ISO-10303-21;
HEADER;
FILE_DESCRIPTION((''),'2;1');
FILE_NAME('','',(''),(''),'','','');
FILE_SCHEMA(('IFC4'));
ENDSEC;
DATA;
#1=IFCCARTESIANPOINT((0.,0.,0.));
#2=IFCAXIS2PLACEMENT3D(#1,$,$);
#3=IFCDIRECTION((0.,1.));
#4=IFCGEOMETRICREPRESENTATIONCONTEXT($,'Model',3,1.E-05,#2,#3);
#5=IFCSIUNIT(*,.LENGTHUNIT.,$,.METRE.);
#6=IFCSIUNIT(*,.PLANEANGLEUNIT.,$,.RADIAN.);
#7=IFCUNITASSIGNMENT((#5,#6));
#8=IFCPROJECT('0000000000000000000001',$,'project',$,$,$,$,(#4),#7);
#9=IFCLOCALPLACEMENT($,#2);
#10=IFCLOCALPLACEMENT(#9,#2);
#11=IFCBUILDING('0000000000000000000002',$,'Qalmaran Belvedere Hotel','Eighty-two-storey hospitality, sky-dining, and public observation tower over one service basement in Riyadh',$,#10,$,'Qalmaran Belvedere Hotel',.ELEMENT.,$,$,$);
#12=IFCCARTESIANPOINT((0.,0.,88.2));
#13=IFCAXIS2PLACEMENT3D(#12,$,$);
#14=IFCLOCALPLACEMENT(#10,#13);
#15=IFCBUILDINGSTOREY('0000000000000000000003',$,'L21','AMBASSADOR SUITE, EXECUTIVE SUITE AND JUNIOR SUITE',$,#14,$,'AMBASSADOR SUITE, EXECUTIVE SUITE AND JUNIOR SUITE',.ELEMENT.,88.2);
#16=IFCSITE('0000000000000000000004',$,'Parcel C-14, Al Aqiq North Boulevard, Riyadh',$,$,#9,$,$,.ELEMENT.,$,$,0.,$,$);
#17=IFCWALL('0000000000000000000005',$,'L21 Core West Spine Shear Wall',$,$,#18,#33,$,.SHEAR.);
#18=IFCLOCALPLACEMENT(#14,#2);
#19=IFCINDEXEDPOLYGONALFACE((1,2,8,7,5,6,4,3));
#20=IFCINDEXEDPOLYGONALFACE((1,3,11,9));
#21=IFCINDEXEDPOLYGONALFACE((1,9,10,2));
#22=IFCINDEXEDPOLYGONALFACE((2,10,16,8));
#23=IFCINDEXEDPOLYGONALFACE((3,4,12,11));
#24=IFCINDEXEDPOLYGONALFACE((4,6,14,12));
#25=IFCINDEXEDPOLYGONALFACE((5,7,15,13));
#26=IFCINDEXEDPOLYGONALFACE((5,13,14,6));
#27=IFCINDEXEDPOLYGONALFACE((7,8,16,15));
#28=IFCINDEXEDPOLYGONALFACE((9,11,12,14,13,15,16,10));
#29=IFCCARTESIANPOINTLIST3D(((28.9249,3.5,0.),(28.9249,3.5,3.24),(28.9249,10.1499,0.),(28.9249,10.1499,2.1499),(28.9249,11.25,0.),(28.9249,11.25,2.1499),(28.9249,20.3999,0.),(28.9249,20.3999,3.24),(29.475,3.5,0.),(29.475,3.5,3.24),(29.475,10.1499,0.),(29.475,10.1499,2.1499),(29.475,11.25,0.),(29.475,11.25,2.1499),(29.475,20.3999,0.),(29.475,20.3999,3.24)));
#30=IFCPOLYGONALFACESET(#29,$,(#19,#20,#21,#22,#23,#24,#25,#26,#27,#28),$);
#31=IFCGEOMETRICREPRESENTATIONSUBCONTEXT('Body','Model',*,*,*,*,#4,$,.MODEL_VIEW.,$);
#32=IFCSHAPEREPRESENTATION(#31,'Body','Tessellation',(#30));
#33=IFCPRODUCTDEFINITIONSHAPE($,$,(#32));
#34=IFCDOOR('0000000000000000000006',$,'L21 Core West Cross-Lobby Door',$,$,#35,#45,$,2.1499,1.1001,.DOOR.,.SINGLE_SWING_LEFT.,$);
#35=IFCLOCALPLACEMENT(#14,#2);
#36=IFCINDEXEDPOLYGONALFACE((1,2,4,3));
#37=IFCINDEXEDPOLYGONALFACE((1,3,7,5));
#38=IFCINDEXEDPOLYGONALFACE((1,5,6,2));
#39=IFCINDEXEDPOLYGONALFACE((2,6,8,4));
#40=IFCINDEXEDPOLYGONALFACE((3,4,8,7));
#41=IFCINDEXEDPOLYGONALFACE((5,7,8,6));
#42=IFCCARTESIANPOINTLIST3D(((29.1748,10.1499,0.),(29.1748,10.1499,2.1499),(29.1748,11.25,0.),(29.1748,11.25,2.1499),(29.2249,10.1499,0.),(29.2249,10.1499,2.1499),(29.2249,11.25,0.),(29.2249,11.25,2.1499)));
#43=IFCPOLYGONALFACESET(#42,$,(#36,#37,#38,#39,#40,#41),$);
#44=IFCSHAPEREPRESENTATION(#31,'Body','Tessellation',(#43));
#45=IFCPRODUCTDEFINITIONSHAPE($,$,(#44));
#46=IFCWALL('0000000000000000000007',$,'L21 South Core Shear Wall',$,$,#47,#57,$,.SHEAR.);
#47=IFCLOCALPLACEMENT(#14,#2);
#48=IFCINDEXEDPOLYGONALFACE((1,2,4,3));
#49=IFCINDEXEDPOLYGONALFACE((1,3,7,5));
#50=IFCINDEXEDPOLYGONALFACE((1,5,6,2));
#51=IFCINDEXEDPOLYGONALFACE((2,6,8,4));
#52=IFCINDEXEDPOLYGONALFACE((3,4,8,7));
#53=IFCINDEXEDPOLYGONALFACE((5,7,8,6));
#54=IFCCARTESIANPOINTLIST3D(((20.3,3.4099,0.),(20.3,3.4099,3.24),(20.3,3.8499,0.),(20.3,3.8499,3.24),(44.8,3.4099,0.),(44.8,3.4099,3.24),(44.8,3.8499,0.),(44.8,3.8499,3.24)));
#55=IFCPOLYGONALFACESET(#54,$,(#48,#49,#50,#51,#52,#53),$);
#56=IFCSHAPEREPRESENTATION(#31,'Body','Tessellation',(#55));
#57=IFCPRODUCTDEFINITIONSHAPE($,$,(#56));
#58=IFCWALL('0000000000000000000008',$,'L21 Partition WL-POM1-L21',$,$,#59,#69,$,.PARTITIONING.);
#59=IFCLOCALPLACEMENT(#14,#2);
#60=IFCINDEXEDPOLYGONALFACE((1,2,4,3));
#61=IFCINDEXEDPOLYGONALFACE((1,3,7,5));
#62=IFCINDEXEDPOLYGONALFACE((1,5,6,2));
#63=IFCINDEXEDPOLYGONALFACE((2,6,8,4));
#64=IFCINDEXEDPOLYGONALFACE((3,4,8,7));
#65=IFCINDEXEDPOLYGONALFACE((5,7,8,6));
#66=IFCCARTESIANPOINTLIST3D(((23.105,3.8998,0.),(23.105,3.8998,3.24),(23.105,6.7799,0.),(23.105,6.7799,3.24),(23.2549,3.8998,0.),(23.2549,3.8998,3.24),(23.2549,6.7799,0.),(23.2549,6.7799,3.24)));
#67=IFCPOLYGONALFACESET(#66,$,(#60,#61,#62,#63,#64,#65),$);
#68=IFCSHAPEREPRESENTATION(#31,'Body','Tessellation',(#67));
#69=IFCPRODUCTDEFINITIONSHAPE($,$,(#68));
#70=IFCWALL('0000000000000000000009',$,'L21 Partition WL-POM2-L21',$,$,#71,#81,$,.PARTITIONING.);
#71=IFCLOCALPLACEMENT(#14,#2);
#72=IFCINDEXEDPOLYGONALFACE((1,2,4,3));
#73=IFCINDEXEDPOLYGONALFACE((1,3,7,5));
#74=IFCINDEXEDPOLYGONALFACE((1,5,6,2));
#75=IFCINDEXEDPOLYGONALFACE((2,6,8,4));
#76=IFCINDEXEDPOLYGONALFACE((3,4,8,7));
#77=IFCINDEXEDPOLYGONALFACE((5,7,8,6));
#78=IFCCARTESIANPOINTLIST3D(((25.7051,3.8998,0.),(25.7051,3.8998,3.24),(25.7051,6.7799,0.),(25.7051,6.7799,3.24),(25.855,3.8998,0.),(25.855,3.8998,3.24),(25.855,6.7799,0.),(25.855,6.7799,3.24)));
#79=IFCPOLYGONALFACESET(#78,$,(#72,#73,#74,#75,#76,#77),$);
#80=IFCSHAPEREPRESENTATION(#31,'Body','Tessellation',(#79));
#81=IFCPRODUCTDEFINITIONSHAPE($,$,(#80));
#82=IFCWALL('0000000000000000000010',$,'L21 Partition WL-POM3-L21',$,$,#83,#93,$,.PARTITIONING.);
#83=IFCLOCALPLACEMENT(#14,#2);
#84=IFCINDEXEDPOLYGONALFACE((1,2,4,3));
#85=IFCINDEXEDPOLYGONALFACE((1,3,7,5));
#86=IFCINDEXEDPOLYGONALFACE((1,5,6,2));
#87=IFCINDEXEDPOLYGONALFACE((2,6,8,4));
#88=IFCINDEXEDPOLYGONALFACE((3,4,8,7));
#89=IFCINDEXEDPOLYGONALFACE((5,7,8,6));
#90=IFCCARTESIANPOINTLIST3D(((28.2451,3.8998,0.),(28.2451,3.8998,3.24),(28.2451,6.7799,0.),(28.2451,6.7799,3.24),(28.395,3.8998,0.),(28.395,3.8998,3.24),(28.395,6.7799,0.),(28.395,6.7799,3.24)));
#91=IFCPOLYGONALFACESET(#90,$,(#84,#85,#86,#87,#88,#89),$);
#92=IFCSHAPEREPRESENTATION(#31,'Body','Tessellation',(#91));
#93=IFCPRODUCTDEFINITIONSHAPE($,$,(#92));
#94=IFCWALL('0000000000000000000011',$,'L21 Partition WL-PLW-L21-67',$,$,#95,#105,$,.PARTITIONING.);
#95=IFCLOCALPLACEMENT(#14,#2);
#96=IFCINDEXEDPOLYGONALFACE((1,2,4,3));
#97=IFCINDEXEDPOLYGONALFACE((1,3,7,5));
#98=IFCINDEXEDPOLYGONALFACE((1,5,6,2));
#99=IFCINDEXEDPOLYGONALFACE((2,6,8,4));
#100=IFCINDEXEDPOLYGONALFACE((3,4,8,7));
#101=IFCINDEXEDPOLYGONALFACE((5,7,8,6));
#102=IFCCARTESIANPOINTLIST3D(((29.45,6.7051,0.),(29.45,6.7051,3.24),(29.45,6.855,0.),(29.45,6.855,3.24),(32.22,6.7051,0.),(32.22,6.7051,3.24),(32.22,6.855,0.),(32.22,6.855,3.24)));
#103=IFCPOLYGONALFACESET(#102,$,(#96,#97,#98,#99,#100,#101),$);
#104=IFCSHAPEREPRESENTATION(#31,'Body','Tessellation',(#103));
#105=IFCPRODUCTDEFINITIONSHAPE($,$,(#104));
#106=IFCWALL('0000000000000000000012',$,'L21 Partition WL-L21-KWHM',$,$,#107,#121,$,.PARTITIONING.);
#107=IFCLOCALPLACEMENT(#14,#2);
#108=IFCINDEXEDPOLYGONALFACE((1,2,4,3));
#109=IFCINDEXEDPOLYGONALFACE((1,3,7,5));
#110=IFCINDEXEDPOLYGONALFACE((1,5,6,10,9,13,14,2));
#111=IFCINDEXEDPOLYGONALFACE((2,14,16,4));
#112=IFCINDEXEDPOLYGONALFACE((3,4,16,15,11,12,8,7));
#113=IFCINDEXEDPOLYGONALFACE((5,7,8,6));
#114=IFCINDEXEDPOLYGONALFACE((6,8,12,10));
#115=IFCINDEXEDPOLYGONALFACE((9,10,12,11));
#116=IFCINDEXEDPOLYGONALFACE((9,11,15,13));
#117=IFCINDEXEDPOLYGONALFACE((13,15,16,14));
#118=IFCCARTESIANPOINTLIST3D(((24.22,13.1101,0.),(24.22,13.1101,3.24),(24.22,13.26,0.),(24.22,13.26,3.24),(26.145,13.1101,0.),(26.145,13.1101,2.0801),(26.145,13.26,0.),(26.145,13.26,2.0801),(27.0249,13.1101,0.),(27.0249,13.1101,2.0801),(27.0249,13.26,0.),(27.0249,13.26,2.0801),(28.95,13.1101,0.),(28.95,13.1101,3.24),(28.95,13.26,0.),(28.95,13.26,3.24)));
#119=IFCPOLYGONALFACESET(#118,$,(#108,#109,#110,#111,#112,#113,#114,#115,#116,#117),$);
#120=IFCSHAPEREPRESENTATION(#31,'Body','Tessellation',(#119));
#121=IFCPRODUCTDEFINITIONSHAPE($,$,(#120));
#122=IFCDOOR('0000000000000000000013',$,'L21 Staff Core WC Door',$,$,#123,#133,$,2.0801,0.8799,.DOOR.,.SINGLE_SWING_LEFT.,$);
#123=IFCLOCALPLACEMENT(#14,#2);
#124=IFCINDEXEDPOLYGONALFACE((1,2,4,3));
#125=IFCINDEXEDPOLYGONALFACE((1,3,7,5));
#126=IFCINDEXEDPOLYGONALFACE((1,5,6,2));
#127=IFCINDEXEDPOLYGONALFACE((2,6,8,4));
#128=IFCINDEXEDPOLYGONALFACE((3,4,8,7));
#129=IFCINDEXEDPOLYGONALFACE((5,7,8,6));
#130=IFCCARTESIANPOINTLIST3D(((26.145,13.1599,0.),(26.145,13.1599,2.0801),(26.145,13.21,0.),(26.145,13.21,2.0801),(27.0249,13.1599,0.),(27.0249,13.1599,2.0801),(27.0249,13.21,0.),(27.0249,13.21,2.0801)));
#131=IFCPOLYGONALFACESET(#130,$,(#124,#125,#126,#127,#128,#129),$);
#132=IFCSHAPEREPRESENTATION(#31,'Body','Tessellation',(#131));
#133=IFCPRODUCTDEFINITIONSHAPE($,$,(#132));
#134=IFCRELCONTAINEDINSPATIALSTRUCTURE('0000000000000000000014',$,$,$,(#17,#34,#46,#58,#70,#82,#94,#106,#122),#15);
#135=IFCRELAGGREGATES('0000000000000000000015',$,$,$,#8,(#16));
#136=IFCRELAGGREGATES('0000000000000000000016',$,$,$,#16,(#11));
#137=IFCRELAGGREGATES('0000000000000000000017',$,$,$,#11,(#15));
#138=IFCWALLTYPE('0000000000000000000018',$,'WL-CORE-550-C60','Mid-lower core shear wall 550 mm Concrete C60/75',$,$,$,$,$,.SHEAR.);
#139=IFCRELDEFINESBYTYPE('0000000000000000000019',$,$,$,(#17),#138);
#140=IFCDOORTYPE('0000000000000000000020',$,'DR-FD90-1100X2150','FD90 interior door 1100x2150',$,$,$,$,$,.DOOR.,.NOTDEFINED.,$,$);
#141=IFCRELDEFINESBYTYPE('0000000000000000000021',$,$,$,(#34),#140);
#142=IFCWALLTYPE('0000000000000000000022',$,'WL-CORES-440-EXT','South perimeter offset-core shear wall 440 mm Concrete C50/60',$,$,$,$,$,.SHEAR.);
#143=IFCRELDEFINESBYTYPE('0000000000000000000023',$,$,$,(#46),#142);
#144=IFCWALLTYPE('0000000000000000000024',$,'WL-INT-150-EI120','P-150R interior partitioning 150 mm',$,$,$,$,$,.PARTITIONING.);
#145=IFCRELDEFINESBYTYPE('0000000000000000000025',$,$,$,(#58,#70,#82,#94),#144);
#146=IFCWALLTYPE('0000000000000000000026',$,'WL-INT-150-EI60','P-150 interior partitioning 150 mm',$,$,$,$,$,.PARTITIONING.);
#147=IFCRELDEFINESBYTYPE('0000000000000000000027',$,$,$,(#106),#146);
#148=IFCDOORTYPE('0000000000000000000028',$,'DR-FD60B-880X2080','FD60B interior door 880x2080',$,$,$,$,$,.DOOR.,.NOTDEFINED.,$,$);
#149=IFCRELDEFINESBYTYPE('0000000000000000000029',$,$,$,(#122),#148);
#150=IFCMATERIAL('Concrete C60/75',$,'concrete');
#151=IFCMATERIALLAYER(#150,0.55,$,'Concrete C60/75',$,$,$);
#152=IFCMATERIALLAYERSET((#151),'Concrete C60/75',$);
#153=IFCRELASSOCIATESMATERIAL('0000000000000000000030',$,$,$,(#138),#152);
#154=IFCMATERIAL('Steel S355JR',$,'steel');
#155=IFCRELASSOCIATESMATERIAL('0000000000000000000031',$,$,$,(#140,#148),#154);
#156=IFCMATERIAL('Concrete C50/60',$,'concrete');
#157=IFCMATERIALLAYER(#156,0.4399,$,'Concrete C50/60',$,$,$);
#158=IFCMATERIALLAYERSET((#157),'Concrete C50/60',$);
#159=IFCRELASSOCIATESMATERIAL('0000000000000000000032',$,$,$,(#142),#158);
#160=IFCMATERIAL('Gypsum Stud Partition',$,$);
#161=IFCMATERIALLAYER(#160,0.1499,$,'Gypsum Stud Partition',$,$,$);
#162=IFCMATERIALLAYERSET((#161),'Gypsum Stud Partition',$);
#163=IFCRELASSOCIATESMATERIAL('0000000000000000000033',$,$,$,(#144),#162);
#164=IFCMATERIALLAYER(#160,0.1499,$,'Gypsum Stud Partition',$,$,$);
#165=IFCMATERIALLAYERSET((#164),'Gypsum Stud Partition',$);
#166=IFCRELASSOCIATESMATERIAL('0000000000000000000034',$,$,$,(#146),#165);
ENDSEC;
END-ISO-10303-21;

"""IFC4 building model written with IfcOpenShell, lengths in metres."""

from ifc_helpers import new_model, si_unit, direction, frame, frame_2d, origin, place, context, subcontext, project, spatial, rectangle, extrude, material, layer, layer_set, type_object, element, fill, save


model = new_model("IFC4")

# Units and contexts
model_context = context("Model", 3, precision=1e-05, world=origin(), true_north=direction((0.0, 1.0)))
body_context = subcontext(model_context, "Body", "Model", "MODEL_VIEW")
ifc_project = project(units=[si_unit("LENGTHUNIT", "METRE"), si_unit("PLANEANGLEUNIT", "RADIAN")], contexts=[model_context])

# Site, building, storey
site_placement = place(None, origin())
site = spatial("IfcSite", under=ifc_project, at=site_placement, Name="Parcel C-14, Al Aqiq North Boulevard, Riyadh", CompositionType="ELEMENT", RefElevation=0.0)
building_placement = place(site_placement, origin())
building = spatial("IfcBuilding", under=site, at=building_placement, Name="Qalmaran Belvedere Hotel", Description="Eighty-two-storey hospitality, sky-dining, and public observation tower over one service basement in Riyadh", LongName="Qalmaran Belvedere Hotel", CompositionType="ELEMENT")
storey_placement = place(building_placement, frame((0.0, 0.0, 88.2)))
storey = spatial("IfcBuildingStorey", under=building, at=storey_placement, Name="L21", Description="AMBASSADOR SUITE, EXECUTIVE SUITE AND JUNIOR SUITE", LongName="AMBASSADOR SUITE, EXECUTIVE SUITE AND JUNIOR SUITE", CompositionType="ELEMENT", Elevation=88.2)

# Shared definitions
ifc_material_1 = material(Name="Concrete C60/75", Category="concrete")

# Shared definitions
ifc_material_2 = material(Name="Steel S355JR", Category="steel")

# Shared definitions
ifc_layer_1 = layer(ifc_material_1, 0.55, Name="Concrete C60/75")
ifc_layer_set_1 = layer_set([ifc_layer_1], Name="Concrete C60/75")
wall_type_1 = type_object("IfcWallType", Name="WL-CORE-550-C60", Description="Mid-lower core shear wall 550 mm Concrete C60/75", PredefinedType="SHEAR", material=ifc_layer_set_1)

# Wall, opening, door
wall_1_placement = place(storey_placement, frame((29.2, 3.5, 0.0), z_axis=(0.0, 0.0, 1.0), x_axis=(0.0, 1.0, 0.0)))
wall_1 = element("IfcWall", 1, at=wall_1_placement, inside=storey, type_object=wall_type_1, Name="L21 Core West Spine Shear Wall", PredefinedType="SHEAR", context=body_context, shape_type="SweptSolid", body=[
    extrude(rectangle(XDim=16.8999, YDim=0.55, at=frame_2d((8.45, 0.0))), origin(), (0.0, 0.0, 1.0), 3.24),
])
opening_1_placement = place(wall_1_placement, frame((7.75, 0.0, 0.0), z_axis=(0.0, 0.0, 1.0), x_axis=(-1.0, 0.0, 0.0)))
opening_1 = element("IfcOpeningElement", 2, at=opening_1_placement, cuts=wall_1, PredefinedType="OPENING", context=body_context, shape_type="SweptSolid", body=[
    extrude(rectangle(XDim=1.1001, YDim=2.1499, at=frame_2d((0.55, 1.075))), frame((0.0, 0.2852, 0.0), z_axis=(0.0, -1.0, 0.0), x_axis=(1.0, 0.0, 0.0)), (0.0, 0.0, 1.0), 0.5701),
])
door_type_1 = type_object("IfcDoorType", Name="DR-FD90-1100X2150", Description="FD90 interior door 1100x2150", OperationType="NOTDEFINED", PredefinedType="DOOR", material=ifc_material_2)
door_1_placement = place(opening_1_placement, origin())
door_1 = element("IfcDoor", 3, at=door_1_placement, inside=storey, type_object=door_type_1, Name="L21 Core West Cross-Lobby Door", OperationType="SINGLE_SWING_LEFT", OverallHeight=2.1499, OverallWidth=1.1001, PredefinedType="DOOR", context=body_context, shape_type="SweptSolid", body=[
    extrude(rectangle(XDim=1.1001, YDim=2.1499, at=frame_2d((0.55, 1.075))), frame((0.0, 0.0249, 0.0), z_axis=(0.0, -1.0, 0.0), x_axis=(1.0, 0.0, 0.0)), (0.0, 0.0, 1.0), 0.05),
])
fill(opening_1, door_1)

# Walls
ifc_material_3 = material(Name="Concrete C50/60", Category="concrete")
ifc_layer_2 = layer(ifc_material_3, 0.4399, Name="Concrete C50/60")
ifc_layer_set_2 = layer_set([ifc_layer_2], Name="Concrete C50/60")
wall_type_2 = type_object("IfcWallType", Name="WL-CORES-440-EXT", Description="South perimeter offset-core shear wall 440 mm Concrete C50/60", PredefinedType="SHEAR", material=ifc_layer_set_2)
wall_2_placement = place(storey_placement, frame((20.3, 3.6299, 0.0), z_axis=(0.0, 0.0, 1.0), x_axis=(1.0, 0.0, 0.0)))
element("IfcWall", 4, at=wall_2_placement, inside=storey, type_object=wall_type_2, Name="L21 South Core Shear Wall", PredefinedType="SHEAR", context=body_context, shape_type="SweptSolid", body=[
    extrude(rectangle(XDim=24.5, YDim=0.4399, at=frame_2d((12.25, 0.0))), origin(), (0.0, 0.0, 1.0), 3.24),
])
ifc_material_4 = material(Name="Gypsum Stud Partition")
ifc_layer_3 = layer(ifc_material_4, 0.1499, Name="Gypsum Stud Partition")
ifc_layer_set_3 = layer_set([ifc_layer_3], Name="Gypsum Stud Partition")
wall_type_3 = type_object("IfcWallType", Name="WL-INT-150-EI120", Description="P-150R interior partitioning 150 mm", PredefinedType="PARTITIONING", material=ifc_layer_set_3)
for number, where, z_axis, x_axis, name in (
    (5, (23.1799, 3.8999, 0.0), (0.0, 0.0, 1.0), (0.0, 1.0, 0.0), "L21 Partition WL-POM1-L21"),
    (6, (25.78, 3.8999, 0.0), (0.0, 0.0, 1.0), (0.0, 1.0, 0.0), "L21 Partition WL-POM2-L21"),
    (7, (28.3201, 3.8999, 0.0), (0.0, 0.0, 1.0), (0.0, 1.0, 0.0), "L21 Partition WL-POM3-L21"),
):
    element("IfcWall", number, at=place(storey_placement, frame(where, z_axis=z_axis, x_axis=x_axis)), inside=storey, type_object=wall_type_3, Name=name, PredefinedType="PARTITIONING", context=body_context, shape_type="SweptSolid", body=[
        extrude(rectangle(XDim=2.8801, YDim=0.1499, at=frame_2d((1.4399, 0.0))), origin(), (0.0, 0.0, 1.0), 3.24),
    ])
wall_3_placement = place(storey_placement, frame((29.45, 6.78, 0.0), z_axis=(0.0, 0.0, 1.0), x_axis=(1.0, 0.0, 0.0)))
element("IfcWall", 8, at=wall_3_placement, inside=storey, type_object=wall_type_3, Name="L21 Partition WL-PLW-L21-67", PredefinedType="PARTITIONING", context=body_context, shape_type="SweptSolid", body=[
    extrude(rectangle(XDim=2.77, YDim=0.1499, at=frame_2d((1.385, 0.0))), origin(), (0.0, 0.0, 1.0), 3.24),
])

# Wall, opening, door
ifc_layer_4 = layer(ifc_material_4, 0.1499, Name="Gypsum Stud Partition")
ifc_layer_set_4 = layer_set([ifc_layer_4], Name="Gypsum Stud Partition")
wall_type_4 = type_object("IfcWallType", Name="WL-INT-150-EI60", Description="P-150 interior partitioning 150 mm", PredefinedType="PARTITIONING", material=ifc_layer_set_4)
wall_4_placement = place(storey_placement, frame((24.22, 13.1851, 0.0), z_axis=(0.0, 0.0, 1.0), x_axis=(1.0, 0.0, 0.0)))
wall_4 = element("IfcWall", 9, at=wall_4_placement, inside=storey, type_object=wall_type_4, Name="L21 Partition WL-L21-KWHM", PredefinedType="PARTITIONING", context=body_context, shape_type="SweptSolid", body=[
    extrude(rectangle(XDim=4.73, YDim=0.1499, at=frame_2d((2.365, 0.0))), origin(), (0.0, 0.0, 1.0), 3.24),
])
opening_2_placement = place(wall_4_placement, frame((1.925, 0.0, 0.0)))
opening_2 = element("IfcOpeningElement", 10, at=opening_2_placement, cuts=wall_4, PredefinedType="OPENING", context=body_context, shape_type="SweptSolid", body=[
    extrude(rectangle(XDim=0.8799, YDim=2.0801, at=frame_2d((0.4399, 1.04))), frame((0.0, 0.085, 0.0), z_axis=(0.0, -1.0, 0.0), x_axis=(1.0, 0.0, 0.0)), (0.0, 0.0, 1.0), 0.1699),
])
door_type_2 = type_object("IfcDoorType", Name="DR-FD60B-880X2080", Description="FD60B interior door 880x2080", OperationType="NOTDEFINED", PredefinedType="DOOR", material=ifc_material_2)
door_2_placement = place(opening_2_placement, origin())
door_2 = element("IfcDoor", 11, at=door_2_placement, inside=storey, type_object=door_type_2, Name="L21 Staff Core WC Door", OperationType="SINGLE_SWING_LEFT", OverallHeight=2.0801, OverallWidth=0.8799, PredefinedType="DOOR", context=body_context, shape_type="SweptSolid", body=[
    extrude(rectangle(XDim=0.8799, YDim=2.0801, at=frame_2d((0.4399, 1.04))), frame((0.0, 0.0249, 0.0), z_axis=(0.0, -1.0, 0.0), x_axis=(1.0, 0.0, 0.0)), (0.0, 0.0, 1.0), 0.05),
])
fill(opening_2, door_2)

save(model, "model.ifc")
